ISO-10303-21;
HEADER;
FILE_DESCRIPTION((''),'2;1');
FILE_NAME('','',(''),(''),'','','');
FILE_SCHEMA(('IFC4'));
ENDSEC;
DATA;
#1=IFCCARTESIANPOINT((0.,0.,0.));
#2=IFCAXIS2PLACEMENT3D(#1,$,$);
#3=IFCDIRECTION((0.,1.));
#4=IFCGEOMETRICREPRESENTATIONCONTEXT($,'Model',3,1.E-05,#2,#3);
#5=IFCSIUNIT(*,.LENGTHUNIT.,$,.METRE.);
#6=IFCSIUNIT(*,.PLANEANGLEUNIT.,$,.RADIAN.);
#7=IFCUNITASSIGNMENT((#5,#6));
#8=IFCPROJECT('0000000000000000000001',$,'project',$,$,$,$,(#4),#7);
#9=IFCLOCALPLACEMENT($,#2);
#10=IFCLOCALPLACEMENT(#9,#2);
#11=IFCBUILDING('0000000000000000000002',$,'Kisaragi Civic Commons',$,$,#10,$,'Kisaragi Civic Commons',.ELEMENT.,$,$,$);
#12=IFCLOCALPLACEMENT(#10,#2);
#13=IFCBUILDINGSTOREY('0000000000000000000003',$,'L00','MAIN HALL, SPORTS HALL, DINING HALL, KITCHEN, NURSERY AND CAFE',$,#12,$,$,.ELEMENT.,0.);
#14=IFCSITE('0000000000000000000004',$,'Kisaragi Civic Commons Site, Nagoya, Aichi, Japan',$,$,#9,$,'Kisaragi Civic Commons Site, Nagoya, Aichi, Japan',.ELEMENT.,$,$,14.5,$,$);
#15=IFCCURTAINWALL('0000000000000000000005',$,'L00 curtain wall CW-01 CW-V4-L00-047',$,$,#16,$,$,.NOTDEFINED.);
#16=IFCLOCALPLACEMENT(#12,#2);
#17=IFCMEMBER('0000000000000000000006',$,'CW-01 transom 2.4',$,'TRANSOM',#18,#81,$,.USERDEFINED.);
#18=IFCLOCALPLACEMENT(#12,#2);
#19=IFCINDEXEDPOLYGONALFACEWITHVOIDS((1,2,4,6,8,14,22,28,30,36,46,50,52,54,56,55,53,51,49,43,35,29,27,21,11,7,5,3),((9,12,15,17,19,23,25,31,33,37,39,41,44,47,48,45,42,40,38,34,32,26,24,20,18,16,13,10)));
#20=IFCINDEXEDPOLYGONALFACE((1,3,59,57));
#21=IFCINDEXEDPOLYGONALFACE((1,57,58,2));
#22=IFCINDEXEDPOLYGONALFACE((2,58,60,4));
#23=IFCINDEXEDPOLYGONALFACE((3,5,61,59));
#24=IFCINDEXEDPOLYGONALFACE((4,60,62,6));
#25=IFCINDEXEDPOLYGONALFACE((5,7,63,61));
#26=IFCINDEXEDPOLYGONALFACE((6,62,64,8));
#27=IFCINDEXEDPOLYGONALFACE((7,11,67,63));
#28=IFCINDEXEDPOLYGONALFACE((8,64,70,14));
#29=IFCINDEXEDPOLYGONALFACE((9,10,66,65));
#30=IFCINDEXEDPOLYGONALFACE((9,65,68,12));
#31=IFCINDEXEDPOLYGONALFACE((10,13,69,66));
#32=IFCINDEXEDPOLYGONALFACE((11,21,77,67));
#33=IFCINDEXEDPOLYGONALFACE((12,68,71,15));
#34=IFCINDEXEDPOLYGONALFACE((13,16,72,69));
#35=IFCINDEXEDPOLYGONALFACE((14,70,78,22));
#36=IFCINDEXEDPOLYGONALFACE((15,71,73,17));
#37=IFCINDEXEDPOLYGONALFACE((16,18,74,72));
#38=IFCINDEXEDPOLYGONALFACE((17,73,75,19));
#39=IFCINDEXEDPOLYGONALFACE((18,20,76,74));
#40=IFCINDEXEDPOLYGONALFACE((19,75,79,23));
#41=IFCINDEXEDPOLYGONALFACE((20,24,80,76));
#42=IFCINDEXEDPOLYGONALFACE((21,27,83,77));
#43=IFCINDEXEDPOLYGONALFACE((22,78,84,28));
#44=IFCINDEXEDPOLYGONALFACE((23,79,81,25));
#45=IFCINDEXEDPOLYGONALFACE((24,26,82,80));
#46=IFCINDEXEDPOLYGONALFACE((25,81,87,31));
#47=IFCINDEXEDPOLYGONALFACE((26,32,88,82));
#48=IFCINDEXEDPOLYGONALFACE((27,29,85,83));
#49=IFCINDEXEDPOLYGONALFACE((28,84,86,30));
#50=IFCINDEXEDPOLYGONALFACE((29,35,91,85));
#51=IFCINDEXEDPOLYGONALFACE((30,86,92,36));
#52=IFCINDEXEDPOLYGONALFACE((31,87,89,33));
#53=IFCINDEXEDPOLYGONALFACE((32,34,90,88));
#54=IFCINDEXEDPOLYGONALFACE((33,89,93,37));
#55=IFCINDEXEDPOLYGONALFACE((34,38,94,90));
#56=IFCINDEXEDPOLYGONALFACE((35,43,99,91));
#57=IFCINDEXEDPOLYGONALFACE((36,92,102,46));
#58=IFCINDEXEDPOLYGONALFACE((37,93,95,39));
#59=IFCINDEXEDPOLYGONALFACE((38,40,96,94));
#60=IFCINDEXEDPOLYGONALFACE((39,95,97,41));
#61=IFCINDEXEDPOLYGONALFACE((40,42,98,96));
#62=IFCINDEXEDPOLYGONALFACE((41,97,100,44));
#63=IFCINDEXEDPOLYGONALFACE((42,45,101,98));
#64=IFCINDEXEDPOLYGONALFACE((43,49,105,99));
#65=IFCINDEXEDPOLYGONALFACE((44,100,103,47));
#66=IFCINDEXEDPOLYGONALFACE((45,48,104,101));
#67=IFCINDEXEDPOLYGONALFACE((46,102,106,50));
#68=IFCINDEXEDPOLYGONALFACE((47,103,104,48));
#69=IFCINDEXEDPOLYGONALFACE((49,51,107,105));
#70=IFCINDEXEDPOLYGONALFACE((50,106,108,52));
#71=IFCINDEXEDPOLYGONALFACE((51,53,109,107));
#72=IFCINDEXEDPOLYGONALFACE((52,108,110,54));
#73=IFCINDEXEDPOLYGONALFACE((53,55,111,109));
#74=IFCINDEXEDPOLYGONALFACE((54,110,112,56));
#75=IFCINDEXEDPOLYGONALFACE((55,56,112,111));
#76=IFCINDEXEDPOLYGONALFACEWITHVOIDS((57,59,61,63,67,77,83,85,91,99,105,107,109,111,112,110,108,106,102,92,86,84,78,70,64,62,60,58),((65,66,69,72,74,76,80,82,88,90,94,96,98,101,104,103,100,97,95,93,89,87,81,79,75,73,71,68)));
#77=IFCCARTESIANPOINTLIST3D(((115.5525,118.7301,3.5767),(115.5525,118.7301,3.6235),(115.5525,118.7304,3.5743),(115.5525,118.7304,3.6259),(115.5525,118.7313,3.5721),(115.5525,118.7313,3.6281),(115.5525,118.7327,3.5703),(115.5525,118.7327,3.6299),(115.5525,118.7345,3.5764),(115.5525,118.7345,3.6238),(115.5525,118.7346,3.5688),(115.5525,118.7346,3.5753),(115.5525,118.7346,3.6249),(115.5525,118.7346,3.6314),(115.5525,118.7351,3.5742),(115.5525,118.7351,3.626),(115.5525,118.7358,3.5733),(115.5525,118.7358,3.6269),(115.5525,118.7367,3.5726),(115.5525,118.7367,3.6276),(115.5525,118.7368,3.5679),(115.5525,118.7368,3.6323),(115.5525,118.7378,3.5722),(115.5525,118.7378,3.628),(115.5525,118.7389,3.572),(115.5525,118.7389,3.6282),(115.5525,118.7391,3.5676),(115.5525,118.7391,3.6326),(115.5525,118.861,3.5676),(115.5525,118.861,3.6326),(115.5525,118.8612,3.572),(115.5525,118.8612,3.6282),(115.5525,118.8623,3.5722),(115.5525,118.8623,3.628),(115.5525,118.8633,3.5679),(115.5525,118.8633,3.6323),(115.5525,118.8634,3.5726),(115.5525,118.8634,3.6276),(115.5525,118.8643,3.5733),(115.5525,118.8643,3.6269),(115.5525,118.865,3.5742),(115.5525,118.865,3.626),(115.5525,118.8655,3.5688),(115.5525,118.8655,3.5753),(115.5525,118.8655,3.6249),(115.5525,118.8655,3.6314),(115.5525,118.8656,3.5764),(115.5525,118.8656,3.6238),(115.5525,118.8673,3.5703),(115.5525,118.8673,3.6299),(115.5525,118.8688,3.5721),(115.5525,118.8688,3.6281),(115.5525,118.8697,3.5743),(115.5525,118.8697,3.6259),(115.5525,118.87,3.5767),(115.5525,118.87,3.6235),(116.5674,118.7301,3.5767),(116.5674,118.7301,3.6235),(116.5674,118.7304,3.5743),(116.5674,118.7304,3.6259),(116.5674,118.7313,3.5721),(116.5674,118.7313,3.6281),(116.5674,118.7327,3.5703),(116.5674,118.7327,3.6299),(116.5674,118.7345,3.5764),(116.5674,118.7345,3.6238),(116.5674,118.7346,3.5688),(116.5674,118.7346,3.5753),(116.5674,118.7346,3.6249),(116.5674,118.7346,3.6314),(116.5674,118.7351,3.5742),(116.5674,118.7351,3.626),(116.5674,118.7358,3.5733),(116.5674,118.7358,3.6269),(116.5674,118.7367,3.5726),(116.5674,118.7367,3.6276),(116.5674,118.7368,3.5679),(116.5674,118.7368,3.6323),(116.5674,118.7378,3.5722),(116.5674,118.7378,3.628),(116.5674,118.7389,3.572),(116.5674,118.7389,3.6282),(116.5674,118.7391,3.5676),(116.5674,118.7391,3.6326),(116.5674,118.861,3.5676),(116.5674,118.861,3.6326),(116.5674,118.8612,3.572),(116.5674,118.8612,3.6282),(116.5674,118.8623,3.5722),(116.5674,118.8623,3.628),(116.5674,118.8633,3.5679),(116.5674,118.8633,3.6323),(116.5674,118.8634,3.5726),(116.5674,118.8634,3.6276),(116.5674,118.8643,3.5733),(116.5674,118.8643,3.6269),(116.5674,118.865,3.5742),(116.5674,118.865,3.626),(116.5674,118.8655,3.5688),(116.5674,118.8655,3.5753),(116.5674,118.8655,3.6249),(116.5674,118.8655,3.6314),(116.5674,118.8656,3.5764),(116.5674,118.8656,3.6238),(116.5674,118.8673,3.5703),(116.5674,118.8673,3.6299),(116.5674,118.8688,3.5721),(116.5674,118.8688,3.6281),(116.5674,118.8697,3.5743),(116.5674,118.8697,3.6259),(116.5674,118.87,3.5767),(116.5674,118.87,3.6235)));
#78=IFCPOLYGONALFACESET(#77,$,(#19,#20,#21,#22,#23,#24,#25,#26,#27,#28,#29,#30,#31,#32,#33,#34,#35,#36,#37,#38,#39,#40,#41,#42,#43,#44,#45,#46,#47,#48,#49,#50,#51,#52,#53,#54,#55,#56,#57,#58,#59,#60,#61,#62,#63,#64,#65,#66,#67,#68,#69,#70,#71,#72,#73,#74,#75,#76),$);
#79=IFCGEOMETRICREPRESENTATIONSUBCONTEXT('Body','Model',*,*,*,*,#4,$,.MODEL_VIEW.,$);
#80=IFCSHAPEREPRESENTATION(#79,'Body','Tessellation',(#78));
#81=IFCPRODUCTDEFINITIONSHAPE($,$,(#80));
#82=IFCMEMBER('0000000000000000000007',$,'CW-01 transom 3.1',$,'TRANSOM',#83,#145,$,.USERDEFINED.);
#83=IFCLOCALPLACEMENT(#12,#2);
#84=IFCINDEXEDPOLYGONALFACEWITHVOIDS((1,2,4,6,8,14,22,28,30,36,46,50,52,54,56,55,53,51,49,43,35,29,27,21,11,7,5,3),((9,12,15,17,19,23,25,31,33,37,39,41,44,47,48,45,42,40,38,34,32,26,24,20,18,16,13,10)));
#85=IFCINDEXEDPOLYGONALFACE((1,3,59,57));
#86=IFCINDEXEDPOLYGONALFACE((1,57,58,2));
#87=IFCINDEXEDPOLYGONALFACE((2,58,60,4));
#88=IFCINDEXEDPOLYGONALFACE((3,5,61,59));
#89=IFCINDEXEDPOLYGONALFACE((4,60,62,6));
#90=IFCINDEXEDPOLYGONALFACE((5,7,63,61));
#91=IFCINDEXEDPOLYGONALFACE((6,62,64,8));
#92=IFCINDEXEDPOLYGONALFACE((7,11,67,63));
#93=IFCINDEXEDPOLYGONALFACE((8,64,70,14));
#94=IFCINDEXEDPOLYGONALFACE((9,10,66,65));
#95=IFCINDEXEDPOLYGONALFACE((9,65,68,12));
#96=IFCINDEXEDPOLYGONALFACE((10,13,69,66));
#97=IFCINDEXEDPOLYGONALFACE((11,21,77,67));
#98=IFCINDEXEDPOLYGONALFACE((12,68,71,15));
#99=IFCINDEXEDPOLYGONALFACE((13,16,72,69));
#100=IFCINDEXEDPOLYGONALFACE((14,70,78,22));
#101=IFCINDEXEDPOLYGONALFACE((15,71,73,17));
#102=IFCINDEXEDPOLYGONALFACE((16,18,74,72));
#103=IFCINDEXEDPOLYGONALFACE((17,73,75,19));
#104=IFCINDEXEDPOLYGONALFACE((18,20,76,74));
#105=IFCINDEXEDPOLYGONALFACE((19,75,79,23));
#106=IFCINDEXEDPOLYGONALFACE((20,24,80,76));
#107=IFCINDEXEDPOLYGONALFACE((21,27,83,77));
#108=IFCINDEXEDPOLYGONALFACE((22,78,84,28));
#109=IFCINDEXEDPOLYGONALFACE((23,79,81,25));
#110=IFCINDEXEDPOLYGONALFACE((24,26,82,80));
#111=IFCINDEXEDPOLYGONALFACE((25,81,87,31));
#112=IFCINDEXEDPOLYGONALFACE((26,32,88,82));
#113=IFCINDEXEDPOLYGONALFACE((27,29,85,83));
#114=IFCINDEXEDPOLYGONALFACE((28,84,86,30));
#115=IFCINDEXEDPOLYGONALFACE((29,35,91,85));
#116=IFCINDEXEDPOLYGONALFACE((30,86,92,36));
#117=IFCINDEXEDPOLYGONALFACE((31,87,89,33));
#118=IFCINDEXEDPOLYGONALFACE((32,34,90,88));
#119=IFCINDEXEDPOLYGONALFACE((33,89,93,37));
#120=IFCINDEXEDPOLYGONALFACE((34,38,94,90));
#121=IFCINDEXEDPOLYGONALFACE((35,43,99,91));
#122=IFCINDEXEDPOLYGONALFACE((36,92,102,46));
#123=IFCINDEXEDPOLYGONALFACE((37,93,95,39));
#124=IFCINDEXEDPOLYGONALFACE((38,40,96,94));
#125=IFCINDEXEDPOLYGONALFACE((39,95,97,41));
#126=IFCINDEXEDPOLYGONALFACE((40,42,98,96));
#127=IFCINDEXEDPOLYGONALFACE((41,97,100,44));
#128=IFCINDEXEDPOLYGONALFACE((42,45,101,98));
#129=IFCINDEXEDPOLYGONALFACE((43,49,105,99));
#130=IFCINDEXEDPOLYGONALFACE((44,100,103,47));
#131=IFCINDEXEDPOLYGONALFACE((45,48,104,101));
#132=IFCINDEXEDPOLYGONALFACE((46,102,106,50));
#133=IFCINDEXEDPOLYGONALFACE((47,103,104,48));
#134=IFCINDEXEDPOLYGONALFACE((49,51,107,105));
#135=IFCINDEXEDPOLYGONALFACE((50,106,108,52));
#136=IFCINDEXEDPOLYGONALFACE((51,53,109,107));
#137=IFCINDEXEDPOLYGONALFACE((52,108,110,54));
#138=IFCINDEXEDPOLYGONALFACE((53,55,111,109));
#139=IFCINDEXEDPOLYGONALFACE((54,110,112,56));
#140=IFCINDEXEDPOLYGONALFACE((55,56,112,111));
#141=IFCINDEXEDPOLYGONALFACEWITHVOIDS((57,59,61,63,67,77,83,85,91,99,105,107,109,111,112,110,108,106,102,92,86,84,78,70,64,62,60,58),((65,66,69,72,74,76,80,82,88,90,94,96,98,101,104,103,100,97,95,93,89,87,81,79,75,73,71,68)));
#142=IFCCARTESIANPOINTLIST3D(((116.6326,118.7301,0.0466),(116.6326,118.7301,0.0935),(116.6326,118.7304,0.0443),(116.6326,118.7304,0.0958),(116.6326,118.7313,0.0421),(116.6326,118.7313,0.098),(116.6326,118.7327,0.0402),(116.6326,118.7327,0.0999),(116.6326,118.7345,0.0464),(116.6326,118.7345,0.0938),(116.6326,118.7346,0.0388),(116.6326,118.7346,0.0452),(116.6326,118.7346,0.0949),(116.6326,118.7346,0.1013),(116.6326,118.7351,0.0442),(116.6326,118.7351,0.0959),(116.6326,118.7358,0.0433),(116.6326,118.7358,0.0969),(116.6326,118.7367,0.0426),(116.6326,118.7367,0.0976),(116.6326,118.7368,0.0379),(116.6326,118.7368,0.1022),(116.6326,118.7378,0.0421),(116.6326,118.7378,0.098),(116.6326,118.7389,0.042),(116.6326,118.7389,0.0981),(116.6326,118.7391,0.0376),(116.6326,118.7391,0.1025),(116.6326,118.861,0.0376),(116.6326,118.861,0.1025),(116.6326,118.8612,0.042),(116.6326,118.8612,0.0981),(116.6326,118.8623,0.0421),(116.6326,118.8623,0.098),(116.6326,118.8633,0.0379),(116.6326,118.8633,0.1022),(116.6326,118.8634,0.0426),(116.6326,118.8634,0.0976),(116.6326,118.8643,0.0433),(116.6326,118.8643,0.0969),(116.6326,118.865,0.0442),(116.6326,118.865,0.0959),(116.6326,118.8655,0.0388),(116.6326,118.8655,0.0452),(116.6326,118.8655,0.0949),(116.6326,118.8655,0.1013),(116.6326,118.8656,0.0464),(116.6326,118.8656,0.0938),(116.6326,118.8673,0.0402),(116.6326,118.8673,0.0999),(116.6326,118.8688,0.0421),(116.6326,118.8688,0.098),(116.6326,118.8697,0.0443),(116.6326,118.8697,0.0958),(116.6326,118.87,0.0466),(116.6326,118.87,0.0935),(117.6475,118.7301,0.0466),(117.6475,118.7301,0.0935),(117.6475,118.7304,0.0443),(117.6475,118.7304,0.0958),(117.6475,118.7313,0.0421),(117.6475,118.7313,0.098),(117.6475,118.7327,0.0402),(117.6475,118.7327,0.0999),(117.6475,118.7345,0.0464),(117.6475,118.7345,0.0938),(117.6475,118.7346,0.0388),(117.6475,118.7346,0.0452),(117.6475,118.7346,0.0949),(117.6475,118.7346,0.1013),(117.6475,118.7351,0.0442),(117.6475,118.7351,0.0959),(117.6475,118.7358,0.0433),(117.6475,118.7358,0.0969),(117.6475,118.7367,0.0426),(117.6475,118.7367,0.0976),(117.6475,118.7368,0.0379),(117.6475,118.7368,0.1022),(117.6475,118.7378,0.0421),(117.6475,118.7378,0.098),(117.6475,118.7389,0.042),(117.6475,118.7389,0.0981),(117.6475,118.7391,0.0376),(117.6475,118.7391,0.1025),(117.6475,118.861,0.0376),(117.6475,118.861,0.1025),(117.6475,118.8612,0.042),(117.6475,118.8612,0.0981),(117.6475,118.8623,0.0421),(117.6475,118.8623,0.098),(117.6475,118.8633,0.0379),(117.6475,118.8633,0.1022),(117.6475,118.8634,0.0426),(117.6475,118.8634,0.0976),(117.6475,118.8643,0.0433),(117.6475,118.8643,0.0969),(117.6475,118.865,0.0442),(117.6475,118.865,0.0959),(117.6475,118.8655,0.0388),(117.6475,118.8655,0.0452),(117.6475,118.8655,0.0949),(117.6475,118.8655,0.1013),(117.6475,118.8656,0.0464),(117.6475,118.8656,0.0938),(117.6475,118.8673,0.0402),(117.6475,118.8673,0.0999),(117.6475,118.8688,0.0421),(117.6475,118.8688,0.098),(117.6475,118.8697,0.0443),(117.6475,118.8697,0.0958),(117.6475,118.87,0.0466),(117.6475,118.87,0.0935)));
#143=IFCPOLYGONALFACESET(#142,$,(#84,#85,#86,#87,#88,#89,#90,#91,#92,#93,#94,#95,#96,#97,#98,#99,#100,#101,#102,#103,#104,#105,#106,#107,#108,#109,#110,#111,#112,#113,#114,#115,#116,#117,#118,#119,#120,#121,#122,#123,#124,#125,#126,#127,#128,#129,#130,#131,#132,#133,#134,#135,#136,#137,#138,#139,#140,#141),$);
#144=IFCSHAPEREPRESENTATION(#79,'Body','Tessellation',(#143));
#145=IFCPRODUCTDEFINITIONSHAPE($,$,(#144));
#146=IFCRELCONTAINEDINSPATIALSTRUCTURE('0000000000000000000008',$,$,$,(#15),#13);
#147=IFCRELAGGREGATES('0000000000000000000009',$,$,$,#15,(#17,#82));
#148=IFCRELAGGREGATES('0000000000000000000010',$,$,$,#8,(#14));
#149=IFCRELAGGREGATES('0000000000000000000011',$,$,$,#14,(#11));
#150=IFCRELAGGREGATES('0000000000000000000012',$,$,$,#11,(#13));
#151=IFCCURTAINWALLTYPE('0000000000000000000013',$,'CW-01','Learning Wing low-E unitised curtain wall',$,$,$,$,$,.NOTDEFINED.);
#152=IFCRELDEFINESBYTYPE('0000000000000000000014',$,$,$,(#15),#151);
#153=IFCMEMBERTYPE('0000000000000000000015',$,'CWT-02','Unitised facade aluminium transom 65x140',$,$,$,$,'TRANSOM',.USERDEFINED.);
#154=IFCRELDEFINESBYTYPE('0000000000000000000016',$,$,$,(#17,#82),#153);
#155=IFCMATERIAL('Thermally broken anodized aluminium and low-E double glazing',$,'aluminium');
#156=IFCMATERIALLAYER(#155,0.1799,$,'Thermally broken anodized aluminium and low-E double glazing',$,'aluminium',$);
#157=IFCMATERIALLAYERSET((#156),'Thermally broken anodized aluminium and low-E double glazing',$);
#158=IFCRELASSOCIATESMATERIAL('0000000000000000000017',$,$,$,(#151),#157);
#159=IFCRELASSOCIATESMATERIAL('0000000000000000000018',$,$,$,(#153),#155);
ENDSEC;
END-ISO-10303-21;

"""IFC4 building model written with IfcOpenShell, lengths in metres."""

from ifc_helpers import new_model, si_unit, direction, frame, origin, origin_2d, place, context, subcontext, project, spatial, hollow_rectangle, extrude, material, layer, layer_set, material_profile, profile_set, type_object, element, aggregate, save


model = new_model("IFC4")

# Units and contexts
model_context = context("Model", 3, precision=1e-05, world=origin(), true_north=direction((0.0, 1.0)))
body_context = subcontext(model_context, "Body", "Model", "MODEL_VIEW")
ifc_project = project(units=[si_unit("LENGTHUNIT", "METRE"), si_unit("PLANEANGLEUNIT", "RADIAN")], contexts=[model_context])

# Site, building, storey
site_placement = place(None, origin())
site = spatial("IfcSite", under=ifc_project, at=site_placement, Name="Kisaragi Civic Commons Site, Nagoya, Aichi, Japan", LongName="Kisaragi Civic Commons Site, Nagoya, Aichi, Japan", CompositionType="ELEMENT", RefElevation=14.5)
building_placement = place(site_placement, origin())
building = spatial("IfcBuilding", under=site, at=building_placement, Name="Kisaragi Civic Commons", LongName="Kisaragi Civic Commons", CompositionType="ELEMENT")
storey_placement = place(building_placement, origin())
storey = spatial("IfcBuildingStorey", under=building, at=storey_placement, Name="L00", Description="MAIN HALL, SPORTS HALL, DINING HALL, KITCHEN, NURSERY AND CAFE", CompositionType="ELEMENT", Elevation=0.0)

# Curtain wall, members
ifc_material_1 = material(Name="Thermally broken anodized aluminium and low-E double glazing", Category="aluminium")
ifc_layer_1 = layer(ifc_material_1, 0.1799, Name="Thermally broken anodized aluminium and low-E double glazing", Category="aluminium")
ifc_layer_set_1 = layer_set([ifc_layer_1], Name="Thermally broken anodized aluminium and low-E double glazing")
curtain_wall_type = type_object("IfcCurtainWallType", Name="CW-01", Description="Learning Wing low-E unitised curtain wall", PredefinedType="NOTDEFINED", material=ifc_layer_set_1)
curtain_wall_placement = place(storey_placement, origin())
curtain_wall = element("IfcCurtainWall", 1, at=curtain_wall_placement, inside=storey, type_object=curtain_wall_type, Name="L00 curtain wall CW-01 CW-V4-L00-047", PredefinedType="NOTDEFINED")
ifc_material_profile_1 = material_profile(ifc_material_1, hollow_rectangle(XDim=0.1399, YDim=0.0649, WallThickness=0.0044, InnerFilletRadius=0.0044, OuterFilletRadius=0.009, at=origin_2d()), Name="CWT-65x140x4.5", Category="aluminium")
ifc_profile_set_1 = profile_set([ifc_material_profile_1], Name="Thermally broken anodized aluminium and low-E double glazing")
member_type_1 = type_object("IfcMemberType", Name="CWT-02", Description="Unitised facade aluminium transom 65x140", ElementType="TRANSOM", PredefinedType="USERDEFINED", material=ifc_profile_set_1)
member_1_placement = place(storey_placement, frame((115.5525, 118.8, 3.6001), z_axis=(1.0, 0.0, 0.0), x_axis=(0.0, 1.0, 0.0)))
member_1 = element("IfcMember", 2, at=member_1_placement, type_object=member_type_1, Name="CW-01 transom 2.4", ObjectType="TRANSOM", PredefinedType="USERDEFINED", context=body_context, shape_type="SweptSolid", body=[
    extrude(hollow_rectangle(XDim=0.1399, YDim=0.0649, WallThickness=0.0044, InnerFilletRadius=0.0044, OuterFilletRadius=0.009, at=origin_2d()), origin(), (0.0, 0.0, 1.0), 1.0149),
])
member_2_placement = place(storey_placement, frame((116.6326, 118.8, 0.0701), z_axis=(1.0, 0.0, 0.0), x_axis=(0.0, 1.0, 0.0)))
member_2 = element("IfcMember", 3, at=member_2_placement, type_object=member_type_1, Name="CW-01 transom 3.1", ObjectType="TRANSOM", PredefinedType="USERDEFINED", context=body_context, shape_type="SweptSolid", body=[
    extrude(hollow_rectangle(XDim=0.1399, YDim=0.0649, WallThickness=0.0044, InnerFilletRadius=0.0044, OuterFilletRadius=0.009, at=origin_2d()), origin(), (0.0, 0.0, 1.0), 1.0149),
])
aggregate(curtain_wall, [member_1, member_2])

save(model, "model.ifc")
